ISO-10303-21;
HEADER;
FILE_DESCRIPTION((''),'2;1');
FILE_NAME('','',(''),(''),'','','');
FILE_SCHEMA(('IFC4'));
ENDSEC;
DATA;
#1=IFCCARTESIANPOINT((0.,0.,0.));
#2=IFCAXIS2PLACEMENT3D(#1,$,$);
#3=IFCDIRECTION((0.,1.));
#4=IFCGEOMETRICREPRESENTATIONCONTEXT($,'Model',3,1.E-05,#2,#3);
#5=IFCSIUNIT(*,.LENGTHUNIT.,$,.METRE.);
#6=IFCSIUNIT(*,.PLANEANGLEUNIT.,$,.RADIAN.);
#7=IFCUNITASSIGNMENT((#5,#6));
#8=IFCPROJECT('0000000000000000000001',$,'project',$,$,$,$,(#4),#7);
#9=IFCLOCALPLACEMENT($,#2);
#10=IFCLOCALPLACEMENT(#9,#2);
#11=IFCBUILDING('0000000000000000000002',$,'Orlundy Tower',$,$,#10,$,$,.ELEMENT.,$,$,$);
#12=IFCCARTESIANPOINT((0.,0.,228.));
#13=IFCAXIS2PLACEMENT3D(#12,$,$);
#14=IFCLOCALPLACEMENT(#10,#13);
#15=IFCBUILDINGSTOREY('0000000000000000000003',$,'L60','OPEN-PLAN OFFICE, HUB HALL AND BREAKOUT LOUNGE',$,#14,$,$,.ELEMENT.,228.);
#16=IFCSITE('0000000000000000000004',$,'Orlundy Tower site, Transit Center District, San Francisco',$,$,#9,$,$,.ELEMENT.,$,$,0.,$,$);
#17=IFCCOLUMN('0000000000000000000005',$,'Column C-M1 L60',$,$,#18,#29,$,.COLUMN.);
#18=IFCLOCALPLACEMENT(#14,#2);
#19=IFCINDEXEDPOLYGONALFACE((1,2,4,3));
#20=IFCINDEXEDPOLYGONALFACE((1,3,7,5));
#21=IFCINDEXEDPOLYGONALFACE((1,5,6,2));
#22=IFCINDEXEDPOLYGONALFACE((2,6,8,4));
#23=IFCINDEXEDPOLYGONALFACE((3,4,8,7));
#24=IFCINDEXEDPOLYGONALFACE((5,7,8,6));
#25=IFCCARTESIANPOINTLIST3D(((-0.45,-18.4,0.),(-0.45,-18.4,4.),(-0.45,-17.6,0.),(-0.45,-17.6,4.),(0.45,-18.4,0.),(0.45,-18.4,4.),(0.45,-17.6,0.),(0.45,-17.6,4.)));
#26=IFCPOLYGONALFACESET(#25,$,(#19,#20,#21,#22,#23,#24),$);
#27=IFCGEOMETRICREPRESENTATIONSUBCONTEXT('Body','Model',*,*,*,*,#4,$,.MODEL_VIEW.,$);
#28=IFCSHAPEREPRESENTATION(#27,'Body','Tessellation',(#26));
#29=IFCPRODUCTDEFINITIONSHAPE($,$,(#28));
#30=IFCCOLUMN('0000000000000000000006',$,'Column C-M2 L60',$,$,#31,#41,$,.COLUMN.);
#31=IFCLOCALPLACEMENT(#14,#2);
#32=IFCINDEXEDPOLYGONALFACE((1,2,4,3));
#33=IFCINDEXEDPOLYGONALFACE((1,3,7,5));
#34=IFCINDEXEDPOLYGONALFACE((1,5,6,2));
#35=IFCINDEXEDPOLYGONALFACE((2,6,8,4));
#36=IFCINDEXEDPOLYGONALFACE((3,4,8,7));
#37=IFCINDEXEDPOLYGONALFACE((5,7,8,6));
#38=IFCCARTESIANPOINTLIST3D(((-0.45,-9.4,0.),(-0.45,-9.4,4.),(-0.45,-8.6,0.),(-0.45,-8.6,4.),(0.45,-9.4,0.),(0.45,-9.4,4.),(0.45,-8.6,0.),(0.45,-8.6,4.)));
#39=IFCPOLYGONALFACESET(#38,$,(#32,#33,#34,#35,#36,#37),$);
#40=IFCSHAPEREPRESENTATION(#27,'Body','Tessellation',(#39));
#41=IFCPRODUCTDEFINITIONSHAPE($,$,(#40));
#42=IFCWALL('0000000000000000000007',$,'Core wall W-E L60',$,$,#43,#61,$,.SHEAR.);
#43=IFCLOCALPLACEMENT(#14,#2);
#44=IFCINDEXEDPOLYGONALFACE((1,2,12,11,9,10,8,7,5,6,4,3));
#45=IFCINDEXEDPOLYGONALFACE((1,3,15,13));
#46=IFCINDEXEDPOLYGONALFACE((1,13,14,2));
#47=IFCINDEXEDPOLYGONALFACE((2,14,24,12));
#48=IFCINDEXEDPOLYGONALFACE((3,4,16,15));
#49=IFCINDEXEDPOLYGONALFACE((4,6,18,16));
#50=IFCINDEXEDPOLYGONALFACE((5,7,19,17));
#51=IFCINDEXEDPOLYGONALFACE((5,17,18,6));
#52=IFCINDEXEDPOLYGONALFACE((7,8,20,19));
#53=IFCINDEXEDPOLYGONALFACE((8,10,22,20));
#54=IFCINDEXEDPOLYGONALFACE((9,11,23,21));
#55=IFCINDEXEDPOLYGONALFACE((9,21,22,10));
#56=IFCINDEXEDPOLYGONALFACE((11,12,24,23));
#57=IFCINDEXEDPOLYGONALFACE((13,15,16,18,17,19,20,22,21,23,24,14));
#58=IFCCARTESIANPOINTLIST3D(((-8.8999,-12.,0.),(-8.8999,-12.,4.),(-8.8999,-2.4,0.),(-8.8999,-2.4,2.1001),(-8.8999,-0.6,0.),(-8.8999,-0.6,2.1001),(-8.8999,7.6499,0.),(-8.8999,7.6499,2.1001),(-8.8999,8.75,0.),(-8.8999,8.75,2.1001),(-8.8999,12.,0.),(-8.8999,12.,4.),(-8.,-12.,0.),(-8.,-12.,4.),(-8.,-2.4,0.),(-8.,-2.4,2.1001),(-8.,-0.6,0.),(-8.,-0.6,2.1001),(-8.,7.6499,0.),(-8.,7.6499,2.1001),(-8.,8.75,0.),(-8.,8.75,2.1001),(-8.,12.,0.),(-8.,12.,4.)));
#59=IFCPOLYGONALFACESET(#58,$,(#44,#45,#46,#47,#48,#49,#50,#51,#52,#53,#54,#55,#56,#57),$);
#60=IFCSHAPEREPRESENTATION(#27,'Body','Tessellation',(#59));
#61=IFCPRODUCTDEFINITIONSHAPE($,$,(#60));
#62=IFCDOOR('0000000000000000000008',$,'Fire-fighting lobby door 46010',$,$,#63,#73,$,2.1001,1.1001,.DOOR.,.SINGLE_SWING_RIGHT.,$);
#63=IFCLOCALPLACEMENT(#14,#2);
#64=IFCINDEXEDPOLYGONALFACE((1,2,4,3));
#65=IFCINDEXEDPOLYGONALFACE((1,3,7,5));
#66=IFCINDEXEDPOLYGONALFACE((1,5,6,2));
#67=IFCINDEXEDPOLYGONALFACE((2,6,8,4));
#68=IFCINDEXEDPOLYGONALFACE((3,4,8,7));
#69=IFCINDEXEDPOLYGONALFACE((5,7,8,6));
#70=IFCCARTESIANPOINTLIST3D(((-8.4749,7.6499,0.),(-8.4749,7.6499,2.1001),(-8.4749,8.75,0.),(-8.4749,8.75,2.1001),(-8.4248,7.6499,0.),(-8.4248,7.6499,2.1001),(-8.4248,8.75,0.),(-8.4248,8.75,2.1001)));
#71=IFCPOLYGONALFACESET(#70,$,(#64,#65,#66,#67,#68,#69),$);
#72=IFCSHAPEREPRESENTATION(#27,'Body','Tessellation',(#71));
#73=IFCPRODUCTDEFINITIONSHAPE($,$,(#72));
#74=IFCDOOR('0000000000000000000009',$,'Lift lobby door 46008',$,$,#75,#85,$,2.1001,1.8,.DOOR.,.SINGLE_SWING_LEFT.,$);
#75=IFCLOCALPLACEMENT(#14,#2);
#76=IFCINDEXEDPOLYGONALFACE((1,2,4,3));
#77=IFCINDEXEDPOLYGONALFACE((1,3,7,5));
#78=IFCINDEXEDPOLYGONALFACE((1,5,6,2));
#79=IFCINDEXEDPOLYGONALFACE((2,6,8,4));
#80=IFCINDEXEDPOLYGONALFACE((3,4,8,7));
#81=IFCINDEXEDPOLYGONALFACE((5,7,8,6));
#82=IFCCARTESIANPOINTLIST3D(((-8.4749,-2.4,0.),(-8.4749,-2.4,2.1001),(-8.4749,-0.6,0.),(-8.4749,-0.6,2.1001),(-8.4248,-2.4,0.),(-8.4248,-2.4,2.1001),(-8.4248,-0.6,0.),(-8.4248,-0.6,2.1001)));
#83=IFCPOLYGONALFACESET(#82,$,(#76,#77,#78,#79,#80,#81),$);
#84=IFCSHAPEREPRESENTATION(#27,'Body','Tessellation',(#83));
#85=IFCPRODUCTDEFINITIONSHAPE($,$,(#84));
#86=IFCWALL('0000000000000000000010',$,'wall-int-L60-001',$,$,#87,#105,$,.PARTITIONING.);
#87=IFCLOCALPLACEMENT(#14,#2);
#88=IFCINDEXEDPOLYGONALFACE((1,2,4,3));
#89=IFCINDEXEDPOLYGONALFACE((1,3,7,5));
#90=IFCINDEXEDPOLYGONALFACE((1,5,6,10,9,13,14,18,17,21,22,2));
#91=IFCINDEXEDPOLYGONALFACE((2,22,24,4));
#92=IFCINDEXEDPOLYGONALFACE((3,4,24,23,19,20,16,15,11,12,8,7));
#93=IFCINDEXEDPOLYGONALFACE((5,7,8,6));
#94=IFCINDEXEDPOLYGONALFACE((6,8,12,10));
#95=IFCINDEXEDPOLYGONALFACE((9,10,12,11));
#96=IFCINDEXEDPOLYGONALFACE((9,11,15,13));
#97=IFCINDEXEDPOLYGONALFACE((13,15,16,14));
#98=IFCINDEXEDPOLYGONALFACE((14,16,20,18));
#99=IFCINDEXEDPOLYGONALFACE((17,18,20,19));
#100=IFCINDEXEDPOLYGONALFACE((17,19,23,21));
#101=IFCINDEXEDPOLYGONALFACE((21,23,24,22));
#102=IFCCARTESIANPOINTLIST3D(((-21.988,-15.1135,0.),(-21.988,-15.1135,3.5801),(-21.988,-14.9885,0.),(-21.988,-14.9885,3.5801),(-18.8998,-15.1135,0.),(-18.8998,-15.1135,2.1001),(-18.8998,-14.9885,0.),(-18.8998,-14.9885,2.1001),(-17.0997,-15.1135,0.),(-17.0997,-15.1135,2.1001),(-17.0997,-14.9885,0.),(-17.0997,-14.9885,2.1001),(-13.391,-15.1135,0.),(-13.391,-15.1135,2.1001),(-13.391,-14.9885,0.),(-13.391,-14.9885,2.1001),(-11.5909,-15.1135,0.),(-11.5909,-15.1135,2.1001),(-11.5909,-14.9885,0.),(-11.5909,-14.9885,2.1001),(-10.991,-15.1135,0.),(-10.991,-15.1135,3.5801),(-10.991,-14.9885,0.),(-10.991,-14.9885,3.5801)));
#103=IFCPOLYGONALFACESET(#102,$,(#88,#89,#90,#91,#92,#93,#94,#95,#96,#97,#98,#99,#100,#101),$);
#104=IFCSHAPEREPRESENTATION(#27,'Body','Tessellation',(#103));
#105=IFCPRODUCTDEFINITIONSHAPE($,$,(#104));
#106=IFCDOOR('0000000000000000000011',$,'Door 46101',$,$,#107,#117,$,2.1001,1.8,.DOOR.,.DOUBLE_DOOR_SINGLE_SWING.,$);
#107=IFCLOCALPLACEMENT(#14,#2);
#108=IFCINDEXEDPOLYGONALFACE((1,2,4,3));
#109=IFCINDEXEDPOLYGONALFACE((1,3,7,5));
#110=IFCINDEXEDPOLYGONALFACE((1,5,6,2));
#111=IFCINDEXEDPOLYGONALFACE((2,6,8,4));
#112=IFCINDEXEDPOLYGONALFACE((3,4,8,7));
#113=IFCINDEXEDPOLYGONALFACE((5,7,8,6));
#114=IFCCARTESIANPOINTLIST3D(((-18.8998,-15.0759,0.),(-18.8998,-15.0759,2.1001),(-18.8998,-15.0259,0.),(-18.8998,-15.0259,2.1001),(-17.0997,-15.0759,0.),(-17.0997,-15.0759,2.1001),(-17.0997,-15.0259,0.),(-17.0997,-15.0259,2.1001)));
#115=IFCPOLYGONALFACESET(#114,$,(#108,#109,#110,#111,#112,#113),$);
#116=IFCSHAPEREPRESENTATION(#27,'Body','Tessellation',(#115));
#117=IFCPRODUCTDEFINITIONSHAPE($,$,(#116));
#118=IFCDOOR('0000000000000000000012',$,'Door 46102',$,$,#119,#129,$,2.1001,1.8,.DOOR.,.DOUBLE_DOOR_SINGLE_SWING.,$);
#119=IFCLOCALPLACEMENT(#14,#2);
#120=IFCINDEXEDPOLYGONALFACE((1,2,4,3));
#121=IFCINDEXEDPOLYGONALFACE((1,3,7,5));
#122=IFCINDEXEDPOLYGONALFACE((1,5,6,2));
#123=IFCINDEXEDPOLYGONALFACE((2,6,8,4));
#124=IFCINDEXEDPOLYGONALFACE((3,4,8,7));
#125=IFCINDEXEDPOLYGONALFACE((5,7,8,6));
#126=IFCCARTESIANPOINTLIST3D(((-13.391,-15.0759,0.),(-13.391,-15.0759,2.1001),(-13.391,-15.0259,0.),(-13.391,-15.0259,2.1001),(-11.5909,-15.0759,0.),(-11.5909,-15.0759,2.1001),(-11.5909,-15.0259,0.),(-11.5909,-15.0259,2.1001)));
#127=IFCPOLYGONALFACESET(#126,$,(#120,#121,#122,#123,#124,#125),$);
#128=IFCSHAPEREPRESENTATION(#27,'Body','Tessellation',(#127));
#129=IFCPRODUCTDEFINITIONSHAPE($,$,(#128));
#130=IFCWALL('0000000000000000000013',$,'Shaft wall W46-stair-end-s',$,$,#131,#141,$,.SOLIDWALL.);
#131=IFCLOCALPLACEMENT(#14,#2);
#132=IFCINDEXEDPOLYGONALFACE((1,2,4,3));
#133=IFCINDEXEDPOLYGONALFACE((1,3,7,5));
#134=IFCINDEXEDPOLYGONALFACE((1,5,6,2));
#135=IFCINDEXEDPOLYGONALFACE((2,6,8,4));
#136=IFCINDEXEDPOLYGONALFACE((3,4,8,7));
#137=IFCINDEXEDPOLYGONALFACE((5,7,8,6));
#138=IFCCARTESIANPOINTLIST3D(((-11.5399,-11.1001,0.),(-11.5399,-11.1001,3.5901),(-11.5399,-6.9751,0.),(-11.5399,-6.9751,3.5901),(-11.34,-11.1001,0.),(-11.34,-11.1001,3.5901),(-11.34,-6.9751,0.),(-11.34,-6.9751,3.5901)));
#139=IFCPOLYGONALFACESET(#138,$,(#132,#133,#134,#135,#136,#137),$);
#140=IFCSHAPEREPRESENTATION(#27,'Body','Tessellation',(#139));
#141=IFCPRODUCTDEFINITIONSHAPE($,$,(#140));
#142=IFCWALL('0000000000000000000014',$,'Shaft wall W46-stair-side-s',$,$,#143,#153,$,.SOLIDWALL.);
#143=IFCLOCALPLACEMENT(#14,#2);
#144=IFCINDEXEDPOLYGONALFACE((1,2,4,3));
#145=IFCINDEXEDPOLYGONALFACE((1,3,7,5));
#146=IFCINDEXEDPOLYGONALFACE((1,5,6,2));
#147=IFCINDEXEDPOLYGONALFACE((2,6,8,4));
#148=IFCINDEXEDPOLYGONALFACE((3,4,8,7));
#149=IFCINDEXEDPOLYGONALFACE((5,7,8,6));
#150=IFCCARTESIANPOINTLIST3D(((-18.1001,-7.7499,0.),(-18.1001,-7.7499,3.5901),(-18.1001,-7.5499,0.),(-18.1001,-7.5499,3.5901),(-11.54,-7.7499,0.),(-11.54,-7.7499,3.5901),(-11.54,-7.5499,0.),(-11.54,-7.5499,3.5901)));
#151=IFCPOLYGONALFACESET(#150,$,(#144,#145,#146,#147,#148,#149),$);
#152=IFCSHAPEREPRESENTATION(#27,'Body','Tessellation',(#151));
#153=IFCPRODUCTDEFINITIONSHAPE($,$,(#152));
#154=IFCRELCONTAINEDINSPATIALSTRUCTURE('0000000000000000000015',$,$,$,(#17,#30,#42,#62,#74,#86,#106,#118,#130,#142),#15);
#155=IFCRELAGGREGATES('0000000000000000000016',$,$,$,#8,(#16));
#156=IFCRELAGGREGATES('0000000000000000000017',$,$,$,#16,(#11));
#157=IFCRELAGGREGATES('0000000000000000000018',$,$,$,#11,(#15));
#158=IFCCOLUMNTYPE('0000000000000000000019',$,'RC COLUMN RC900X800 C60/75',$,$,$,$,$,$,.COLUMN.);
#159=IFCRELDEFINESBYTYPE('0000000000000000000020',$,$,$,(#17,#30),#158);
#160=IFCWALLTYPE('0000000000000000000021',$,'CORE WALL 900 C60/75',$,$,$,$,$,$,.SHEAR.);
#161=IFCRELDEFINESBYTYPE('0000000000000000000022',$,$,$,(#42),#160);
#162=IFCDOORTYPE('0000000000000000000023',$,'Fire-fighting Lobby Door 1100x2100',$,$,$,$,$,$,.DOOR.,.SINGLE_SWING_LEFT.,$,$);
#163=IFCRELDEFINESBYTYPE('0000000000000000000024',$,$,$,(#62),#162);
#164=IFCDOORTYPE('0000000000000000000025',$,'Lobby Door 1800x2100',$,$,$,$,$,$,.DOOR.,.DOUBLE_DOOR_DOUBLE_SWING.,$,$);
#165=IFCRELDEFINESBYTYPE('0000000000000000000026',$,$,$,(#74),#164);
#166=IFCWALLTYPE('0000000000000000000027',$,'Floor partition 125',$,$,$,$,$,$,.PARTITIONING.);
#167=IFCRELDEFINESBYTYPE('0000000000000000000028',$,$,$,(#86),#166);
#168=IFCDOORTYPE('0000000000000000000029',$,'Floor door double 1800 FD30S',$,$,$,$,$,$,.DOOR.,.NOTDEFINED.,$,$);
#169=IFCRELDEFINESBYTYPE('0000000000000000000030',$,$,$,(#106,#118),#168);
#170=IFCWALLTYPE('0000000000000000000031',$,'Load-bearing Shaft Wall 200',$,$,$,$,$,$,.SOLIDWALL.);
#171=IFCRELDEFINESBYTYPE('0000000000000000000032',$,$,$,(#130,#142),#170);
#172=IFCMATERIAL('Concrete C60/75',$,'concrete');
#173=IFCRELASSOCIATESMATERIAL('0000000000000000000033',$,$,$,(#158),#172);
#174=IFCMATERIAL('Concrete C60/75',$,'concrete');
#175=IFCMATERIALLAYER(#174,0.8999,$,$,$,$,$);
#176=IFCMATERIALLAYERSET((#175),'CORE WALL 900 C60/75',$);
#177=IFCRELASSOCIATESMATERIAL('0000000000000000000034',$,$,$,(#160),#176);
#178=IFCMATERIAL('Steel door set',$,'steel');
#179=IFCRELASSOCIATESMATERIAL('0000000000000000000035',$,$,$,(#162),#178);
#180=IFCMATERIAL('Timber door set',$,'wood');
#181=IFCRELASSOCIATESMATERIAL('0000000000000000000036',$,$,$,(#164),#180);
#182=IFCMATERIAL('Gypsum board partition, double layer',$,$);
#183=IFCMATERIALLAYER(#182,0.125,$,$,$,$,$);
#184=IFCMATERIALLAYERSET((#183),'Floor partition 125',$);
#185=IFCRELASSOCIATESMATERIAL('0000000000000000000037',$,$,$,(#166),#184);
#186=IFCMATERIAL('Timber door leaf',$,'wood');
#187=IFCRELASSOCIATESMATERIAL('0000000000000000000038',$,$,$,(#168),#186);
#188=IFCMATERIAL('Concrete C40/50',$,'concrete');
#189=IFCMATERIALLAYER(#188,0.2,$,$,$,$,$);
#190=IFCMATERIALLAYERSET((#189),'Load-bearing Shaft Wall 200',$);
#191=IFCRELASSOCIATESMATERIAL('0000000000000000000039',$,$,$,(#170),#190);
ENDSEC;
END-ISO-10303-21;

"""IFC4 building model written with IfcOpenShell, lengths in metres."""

from ifc_helpers import new_model, si_unit, direction, frame, frame_2d, origin, origin_2d, place, context, subcontext, project, spatial, rectangle, extrude, material, layer, layer_set, material_profile, profile_set, type_object, element, fill, save


model = new_model("IFC4")

# Units and contexts
model_context = context("Model", 3, precision=1e-05, world=origin(), true_north=direction((0.0, 1.0)))
body_context = subcontext(model_context, "Body", "Model", "MODEL_VIEW")
ifc_project = project(units=[si_unit("LENGTHUNIT", "METRE"), si_unit("PLANEANGLEUNIT", "RADIAN")], contexts=[model_context])

# Site, building, storey
site_placement = place(None, origin())
site = spatial("IfcSite", under=ifc_project, at=site_placement, Name="Orlundy Tower site, Transit Center District, San Francisco", CompositionType="ELEMENT", RefElevation=0.0)
building_placement = place(site_placement, origin())
building = spatial("IfcBuilding", under=site, at=building_placement, Name="Orlundy Tower", CompositionType="ELEMENT")
storey_placement = place(building_placement, frame((0.0, 0.0, 228.0)))
storey = spatial("IfcBuildingStorey", under=building, at=storey_placement, Name="L60", Description="OPEN-PLAN OFFICE, HUB HALL AND BREAKOUT LOUNGE", CompositionType="ELEMENT", Elevation=228.0)

# Columns
ifc_material_1 = material(Name="Concrete C60/75", Category="concrete")
ifc_material_profile = material_profile(ifc_material_1, rectangle(XDim=0.8999, YDim=0.8, at=origin_2d()), Name="RC900X800")
ifc_profile_set = profile_set([ifc_material_profile], Name="Concrete C60/75")
column_type = type_object("IfcColumnType", Name="RC COLUMN RC900X800 C60/75", PredefinedType="COLUMN", material=ifc_profile_set)
for number, where, z_axis, x_axis, name in (
    (1, (0.0, -18.0, 0.0), (0.0, 0.0, 1.0), (1.0, 0.0, 0.0), "Column C-M1 L60"),
    (2, (0.0, -9.0, 0.0), (0.0, 0.0, 1.0), (1.0, 0.0, 0.0), "Column C-M2 L60"),
):
    element("IfcColumn", number, at=place(storey_placement, frame(where, z_axis=z_axis, x_axis=x_axis)), inside=storey, type_object=column_type, Name=name, PredefinedType="COLUMN", context=body_context, shape_type="SweptSolid", body=[
        extrude(rectangle(XDim=0.8999, YDim=0.8, at=origin_2d()), origin(), (0.0, 0.0, 1.0), 4.0),
    ])

# Walls, openings, doors
ifc_material_2 = material(Name="Concrete C60/75", Category="concrete")
ifc_layer_1 = layer(ifc_material_2, 0.8999)
ifc_layer_set_1 = layer_set([ifc_layer_1], Name="CORE WALL 900 C60/75")
wall_type_1 = type_object("IfcWallType", Name="CORE WALL 900 C60/75", PredefinedType="SHEAR", material=ifc_layer_set_1)
wall_1_placement = place(storey_placement, frame((-8.45, -12.0, 0.0), z_axis=(0.0, 0.0, 1.0), x_axis=(0.0, 1.0, 0.0)))
wall_1 = element("IfcWall", 3, at=wall_1_placement, inside=storey, type_object=wall_type_1, Name="Core wall W-E L60", PredefinedType="SHEAR", context=body_context, shape_type="SweptSolid", body=[
    extrude(rectangle(XDim=24.0, YDim=0.8999, at=frame_2d((12.0, 0.0))), origin(), (0.0, 0.0, 1.0), 4.0),
])
opening_1_placement = place(wall_1_placement, frame((9.6001, 0.0, 0.0)))
opening_1 = element("IfcOpeningElement", 4, at=opening_1_placement, cuts=wall_1, PredefinedType="OPENING", context=body_context, shape_type="SweptSolid", body=[
    extrude(rectangle(XDim=1.8, YDim=2.1001, at=frame_2d((0.8999, 1.05))), frame((0.0, 0.46, 0.0), z_axis=(0.0, -1.0, 0.0), x_axis=(1.0, 0.0, 0.0)), (0.0, 0.0, 1.0), 0.9199),
])
opening_2_placement = place(wall_1_placement, frame((19.6499, 0.0, 0.0)))
opening_2 = element("IfcOpeningElement", 5, at=opening_2_placement, cuts=wall_1, PredefinedType="OPENING", context=body_context, shape_type="SweptSolid", body=[
    extrude(rectangle(XDim=1.1001, YDim=2.1001, at=frame_2d((0.55, 1.05))), frame((0.0, 0.46, 0.0), z_axis=(0.0, -1.0, 0.0), x_axis=(1.0, 0.0, 0.0)), (0.0, 0.0, 1.0), 0.9199),
])
ifc_material_3 = material(Name="Steel door set", Category="steel")
door_type_1 = type_object("IfcDoorType", Name="Fire-fighting Lobby Door 1100x2100", OperationType="SINGLE_SWING_LEFT", PredefinedType="DOOR", material=ifc_material_3)
door_1_placement = place(opening_2_placement, origin())
door_1 = element("IfcDoor", 6, at=door_1_placement, inside=storey, type_object=door_type_1, Name="Fire-fighting lobby door 46010", OperationType="SINGLE_SWING_RIGHT", OverallHeight=2.1001, OverallWidth=1.1001, PredefinedType="DOOR", context=body_context, shape_type="SweptSolid", body=[
    extrude(rectangle(XDim=1.1001, YDim=2.1001, at=frame_2d((0.55, 1.05))), frame((0.0, 0.0249, 0.0), z_axis=(0.0, -1.0, 0.0), x_axis=(1.0, 0.0, 0.0)), (0.0, 0.0, 1.0), 0.05),
])
fill(opening_2, door_1)
ifc_material_4 = material(Name="Timber door set", Category="wood")
door_type_2 = type_object("IfcDoorType", Name="Lobby Door 1800x2100", OperationType="DOUBLE_DOOR_DOUBLE_SWING", PredefinedType="DOOR", material=ifc_material_4)
door_2_placement = place(opening_1_placement, origin())
door_2 = element("IfcDoor", 7, at=door_2_placement, inside=storey, type_object=door_type_2, Name="Lift lobby door 46008", OperationType="SINGLE_SWING_LEFT", OverallHeight=2.1001, OverallWidth=1.8, PredefinedType="DOOR", context=body_context, shape_type="SweptSolid", body=[
    extrude(rectangle(XDim=1.8, YDim=2.1001, at=frame_2d((0.8999, 1.05))), frame((0.0, 0.0249, 0.0), z_axis=(0.0, -1.0, 0.0), x_axis=(1.0, 0.0, 0.0)), (0.0, 0.0, 1.0), 0.05),
])
fill(opening_1, door_2)
ifc_material_5 = material(Name="Gypsum board partition, double layer")
ifc_layer_2 = layer(ifc_material_5, 0.125)
ifc_layer_set_2 = layer_set([ifc_layer_2], Name="Floor partition 125")
wall_type_2 = type_object("IfcWallType", Name="Floor partition 125", PredefinedType="PARTITIONING", material=ifc_layer_set_2)
wall_2_placement = place(storey_placement, frame((-10.991, -15.051, 0.0), z_axis=(0.0, 0.0, 1.0), x_axis=(-1.0, 0.0, 0.0)))
wall_2 = element("IfcWall", 8, at=wall_2_placement, inside=storey, type_object=wall_type_2, Name="wall-int-L60-001", PredefinedType="PARTITIONING", context=body_context, shape_type="SweptSolid", body=[
    extrude(rectangle(XDim=10.9971, YDim=0.125, at=frame_2d((5.4985, 0.0))), origin(), (0.0, 0.0, 1.0), 3.5801),
])
opening_3_placement = place(wall_2_placement, frame((6.1089, 0.0, 0.0)))
opening_3 = element("IfcOpeningElement", 9, at=opening_3_placement, cuts=wall_2, PredefinedType="OPENING", context=body_context, shape_type="SweptSolid", body=[
    extrude(rectangle(XDim=1.8, YDim=2.1001, at=frame_2d((0.8999, 1.05))), frame((0.0, 0.0725, 0.0), z_axis=(0.0, -1.0, 0.0), x_axis=(1.0, 0.0, 0.0)), (0.0, 0.0, 1.0), 0.145),
])
opening_4_placement = place(wall_2_placement, frame((0.6001, 0.0, 0.0)))
opening_4 = element("IfcOpeningElement", 10, at=opening_4_placement, cuts=wall_2, PredefinedType="OPENING", context=body_context, shape_type="SweptSolid", body=[
    extrude(rectangle(XDim=1.8, YDim=2.1001, at=frame_2d((0.8999, 1.05))), frame((0.0, 0.0725, 0.0), z_axis=(0.0, -1.0, 0.0), x_axis=(1.0, 0.0, 0.0)), (0.0, 0.0, 1.0), 0.145),
])
ifc_material_6 = material(Name="Timber door leaf", Category="wood")
door_type_3 = type_object("IfcDoorType", Name="Floor door double 1800 FD30S", OperationType="NOTDEFINED", PredefinedType="DOOR", material=ifc_material_6)
door_3_placement = place(opening_3_placement, origin())
door_3 = element("IfcDoor", 11, at=door_3_placement, inside=storey, type_object=door_type_3, Name="Door 46101", OperationType="DOUBLE_DOOR_SINGLE_SWING", OverallHeight=2.1001, OverallWidth=1.8, PredefinedType="DOOR", context=body_context, shape_type="SweptSolid", body=[
    extrude(rectangle(XDim=1.8, YDim=2.1001, at=frame_2d((0.8999, 1.05))), frame((0.0, 0.0249, 0.0), z_axis=(0.0, -1.0, 0.0), x_axis=(1.0, 0.0, 0.0)), (0.0, 0.0, 1.0), 0.05),
])
fill(opening_3, door_3)
door_4_placement = place(opening_4_placement, origin())
door_4 = element("IfcDoor", 12, at=door_4_placement, inside=storey, type_object=door_type_3, Name="Door 46102", OperationType="DOUBLE_DOOR_SINGLE_SWING", OverallHeight=2.1001, OverallWidth=1.8, PredefinedType="DOOR", context=body_context, shape_type="SweptSolid", body=[
    extrude(rectangle(XDim=1.8, YDim=2.1001, at=frame_2d((0.8999, 1.05))), frame((0.0, 0.0249, 0.0), z_axis=(0.0, -1.0, 0.0), x_axis=(1.0, 0.0, 0.0)), (0.0, 0.0, 1.0), 0.05),
])
fill(opening_4, door_4)

# Walls
ifc_material_7 = material(Name="Concrete C40/50", Category="concrete")
ifc_layer_3 = layer(ifc_material_7, 0.2)
ifc_layer_set_3 = layer_set([ifc_layer_3], Name="Load-bearing Shaft Wall 200")
wall_type_3 = type_object("IfcWallType", Name="Load-bearing Shaft Wall 200", PredefinedType="SOLIDWALL", material=ifc_layer_set_3)
wall_3_placement = place(storey_placement, frame((-11.4399, -11.1001, 0.0), z_axis=(0.0, 0.0, 1.0), x_axis=(0.0, 1.0, 0.0)))
element("IfcWall", 13, at=wall_3_placement, inside=storey, type_object=wall_type_3, Name="Shaft wall W46-stair-end-s", PredefinedType="SOLIDWALL", context=body_context, shape_type="SweptSolid", body=[
    extrude(rectangle(XDim=4.125, YDim=0.2, at=frame_2d((2.0625, 0.0))), origin(), (0.0, 0.0, 1.0), 3.5901),
])
wall_4_placement = place(storey_placement, frame((-11.54, -7.6499, 0.0), z_axis=(0.0, 0.0, 1.0), x_axis=(-1.0, 0.0, 0.0)))
element("IfcWall", 14, at=wall_4_placement, inside=storey, type_object=wall_type_3, Name="Shaft wall W46-stair-side-s", PredefinedType="SOLIDWALL", context=body_context, shape_type="SweptSolid", body=[
    extrude(rectangle(XDim=6.5601, YDim=0.2, at=frame_2d((3.28, 0.0))), origin(), (0.0, 0.0, 1.0), 3.5901),
])

save(model, "model.ifc")
